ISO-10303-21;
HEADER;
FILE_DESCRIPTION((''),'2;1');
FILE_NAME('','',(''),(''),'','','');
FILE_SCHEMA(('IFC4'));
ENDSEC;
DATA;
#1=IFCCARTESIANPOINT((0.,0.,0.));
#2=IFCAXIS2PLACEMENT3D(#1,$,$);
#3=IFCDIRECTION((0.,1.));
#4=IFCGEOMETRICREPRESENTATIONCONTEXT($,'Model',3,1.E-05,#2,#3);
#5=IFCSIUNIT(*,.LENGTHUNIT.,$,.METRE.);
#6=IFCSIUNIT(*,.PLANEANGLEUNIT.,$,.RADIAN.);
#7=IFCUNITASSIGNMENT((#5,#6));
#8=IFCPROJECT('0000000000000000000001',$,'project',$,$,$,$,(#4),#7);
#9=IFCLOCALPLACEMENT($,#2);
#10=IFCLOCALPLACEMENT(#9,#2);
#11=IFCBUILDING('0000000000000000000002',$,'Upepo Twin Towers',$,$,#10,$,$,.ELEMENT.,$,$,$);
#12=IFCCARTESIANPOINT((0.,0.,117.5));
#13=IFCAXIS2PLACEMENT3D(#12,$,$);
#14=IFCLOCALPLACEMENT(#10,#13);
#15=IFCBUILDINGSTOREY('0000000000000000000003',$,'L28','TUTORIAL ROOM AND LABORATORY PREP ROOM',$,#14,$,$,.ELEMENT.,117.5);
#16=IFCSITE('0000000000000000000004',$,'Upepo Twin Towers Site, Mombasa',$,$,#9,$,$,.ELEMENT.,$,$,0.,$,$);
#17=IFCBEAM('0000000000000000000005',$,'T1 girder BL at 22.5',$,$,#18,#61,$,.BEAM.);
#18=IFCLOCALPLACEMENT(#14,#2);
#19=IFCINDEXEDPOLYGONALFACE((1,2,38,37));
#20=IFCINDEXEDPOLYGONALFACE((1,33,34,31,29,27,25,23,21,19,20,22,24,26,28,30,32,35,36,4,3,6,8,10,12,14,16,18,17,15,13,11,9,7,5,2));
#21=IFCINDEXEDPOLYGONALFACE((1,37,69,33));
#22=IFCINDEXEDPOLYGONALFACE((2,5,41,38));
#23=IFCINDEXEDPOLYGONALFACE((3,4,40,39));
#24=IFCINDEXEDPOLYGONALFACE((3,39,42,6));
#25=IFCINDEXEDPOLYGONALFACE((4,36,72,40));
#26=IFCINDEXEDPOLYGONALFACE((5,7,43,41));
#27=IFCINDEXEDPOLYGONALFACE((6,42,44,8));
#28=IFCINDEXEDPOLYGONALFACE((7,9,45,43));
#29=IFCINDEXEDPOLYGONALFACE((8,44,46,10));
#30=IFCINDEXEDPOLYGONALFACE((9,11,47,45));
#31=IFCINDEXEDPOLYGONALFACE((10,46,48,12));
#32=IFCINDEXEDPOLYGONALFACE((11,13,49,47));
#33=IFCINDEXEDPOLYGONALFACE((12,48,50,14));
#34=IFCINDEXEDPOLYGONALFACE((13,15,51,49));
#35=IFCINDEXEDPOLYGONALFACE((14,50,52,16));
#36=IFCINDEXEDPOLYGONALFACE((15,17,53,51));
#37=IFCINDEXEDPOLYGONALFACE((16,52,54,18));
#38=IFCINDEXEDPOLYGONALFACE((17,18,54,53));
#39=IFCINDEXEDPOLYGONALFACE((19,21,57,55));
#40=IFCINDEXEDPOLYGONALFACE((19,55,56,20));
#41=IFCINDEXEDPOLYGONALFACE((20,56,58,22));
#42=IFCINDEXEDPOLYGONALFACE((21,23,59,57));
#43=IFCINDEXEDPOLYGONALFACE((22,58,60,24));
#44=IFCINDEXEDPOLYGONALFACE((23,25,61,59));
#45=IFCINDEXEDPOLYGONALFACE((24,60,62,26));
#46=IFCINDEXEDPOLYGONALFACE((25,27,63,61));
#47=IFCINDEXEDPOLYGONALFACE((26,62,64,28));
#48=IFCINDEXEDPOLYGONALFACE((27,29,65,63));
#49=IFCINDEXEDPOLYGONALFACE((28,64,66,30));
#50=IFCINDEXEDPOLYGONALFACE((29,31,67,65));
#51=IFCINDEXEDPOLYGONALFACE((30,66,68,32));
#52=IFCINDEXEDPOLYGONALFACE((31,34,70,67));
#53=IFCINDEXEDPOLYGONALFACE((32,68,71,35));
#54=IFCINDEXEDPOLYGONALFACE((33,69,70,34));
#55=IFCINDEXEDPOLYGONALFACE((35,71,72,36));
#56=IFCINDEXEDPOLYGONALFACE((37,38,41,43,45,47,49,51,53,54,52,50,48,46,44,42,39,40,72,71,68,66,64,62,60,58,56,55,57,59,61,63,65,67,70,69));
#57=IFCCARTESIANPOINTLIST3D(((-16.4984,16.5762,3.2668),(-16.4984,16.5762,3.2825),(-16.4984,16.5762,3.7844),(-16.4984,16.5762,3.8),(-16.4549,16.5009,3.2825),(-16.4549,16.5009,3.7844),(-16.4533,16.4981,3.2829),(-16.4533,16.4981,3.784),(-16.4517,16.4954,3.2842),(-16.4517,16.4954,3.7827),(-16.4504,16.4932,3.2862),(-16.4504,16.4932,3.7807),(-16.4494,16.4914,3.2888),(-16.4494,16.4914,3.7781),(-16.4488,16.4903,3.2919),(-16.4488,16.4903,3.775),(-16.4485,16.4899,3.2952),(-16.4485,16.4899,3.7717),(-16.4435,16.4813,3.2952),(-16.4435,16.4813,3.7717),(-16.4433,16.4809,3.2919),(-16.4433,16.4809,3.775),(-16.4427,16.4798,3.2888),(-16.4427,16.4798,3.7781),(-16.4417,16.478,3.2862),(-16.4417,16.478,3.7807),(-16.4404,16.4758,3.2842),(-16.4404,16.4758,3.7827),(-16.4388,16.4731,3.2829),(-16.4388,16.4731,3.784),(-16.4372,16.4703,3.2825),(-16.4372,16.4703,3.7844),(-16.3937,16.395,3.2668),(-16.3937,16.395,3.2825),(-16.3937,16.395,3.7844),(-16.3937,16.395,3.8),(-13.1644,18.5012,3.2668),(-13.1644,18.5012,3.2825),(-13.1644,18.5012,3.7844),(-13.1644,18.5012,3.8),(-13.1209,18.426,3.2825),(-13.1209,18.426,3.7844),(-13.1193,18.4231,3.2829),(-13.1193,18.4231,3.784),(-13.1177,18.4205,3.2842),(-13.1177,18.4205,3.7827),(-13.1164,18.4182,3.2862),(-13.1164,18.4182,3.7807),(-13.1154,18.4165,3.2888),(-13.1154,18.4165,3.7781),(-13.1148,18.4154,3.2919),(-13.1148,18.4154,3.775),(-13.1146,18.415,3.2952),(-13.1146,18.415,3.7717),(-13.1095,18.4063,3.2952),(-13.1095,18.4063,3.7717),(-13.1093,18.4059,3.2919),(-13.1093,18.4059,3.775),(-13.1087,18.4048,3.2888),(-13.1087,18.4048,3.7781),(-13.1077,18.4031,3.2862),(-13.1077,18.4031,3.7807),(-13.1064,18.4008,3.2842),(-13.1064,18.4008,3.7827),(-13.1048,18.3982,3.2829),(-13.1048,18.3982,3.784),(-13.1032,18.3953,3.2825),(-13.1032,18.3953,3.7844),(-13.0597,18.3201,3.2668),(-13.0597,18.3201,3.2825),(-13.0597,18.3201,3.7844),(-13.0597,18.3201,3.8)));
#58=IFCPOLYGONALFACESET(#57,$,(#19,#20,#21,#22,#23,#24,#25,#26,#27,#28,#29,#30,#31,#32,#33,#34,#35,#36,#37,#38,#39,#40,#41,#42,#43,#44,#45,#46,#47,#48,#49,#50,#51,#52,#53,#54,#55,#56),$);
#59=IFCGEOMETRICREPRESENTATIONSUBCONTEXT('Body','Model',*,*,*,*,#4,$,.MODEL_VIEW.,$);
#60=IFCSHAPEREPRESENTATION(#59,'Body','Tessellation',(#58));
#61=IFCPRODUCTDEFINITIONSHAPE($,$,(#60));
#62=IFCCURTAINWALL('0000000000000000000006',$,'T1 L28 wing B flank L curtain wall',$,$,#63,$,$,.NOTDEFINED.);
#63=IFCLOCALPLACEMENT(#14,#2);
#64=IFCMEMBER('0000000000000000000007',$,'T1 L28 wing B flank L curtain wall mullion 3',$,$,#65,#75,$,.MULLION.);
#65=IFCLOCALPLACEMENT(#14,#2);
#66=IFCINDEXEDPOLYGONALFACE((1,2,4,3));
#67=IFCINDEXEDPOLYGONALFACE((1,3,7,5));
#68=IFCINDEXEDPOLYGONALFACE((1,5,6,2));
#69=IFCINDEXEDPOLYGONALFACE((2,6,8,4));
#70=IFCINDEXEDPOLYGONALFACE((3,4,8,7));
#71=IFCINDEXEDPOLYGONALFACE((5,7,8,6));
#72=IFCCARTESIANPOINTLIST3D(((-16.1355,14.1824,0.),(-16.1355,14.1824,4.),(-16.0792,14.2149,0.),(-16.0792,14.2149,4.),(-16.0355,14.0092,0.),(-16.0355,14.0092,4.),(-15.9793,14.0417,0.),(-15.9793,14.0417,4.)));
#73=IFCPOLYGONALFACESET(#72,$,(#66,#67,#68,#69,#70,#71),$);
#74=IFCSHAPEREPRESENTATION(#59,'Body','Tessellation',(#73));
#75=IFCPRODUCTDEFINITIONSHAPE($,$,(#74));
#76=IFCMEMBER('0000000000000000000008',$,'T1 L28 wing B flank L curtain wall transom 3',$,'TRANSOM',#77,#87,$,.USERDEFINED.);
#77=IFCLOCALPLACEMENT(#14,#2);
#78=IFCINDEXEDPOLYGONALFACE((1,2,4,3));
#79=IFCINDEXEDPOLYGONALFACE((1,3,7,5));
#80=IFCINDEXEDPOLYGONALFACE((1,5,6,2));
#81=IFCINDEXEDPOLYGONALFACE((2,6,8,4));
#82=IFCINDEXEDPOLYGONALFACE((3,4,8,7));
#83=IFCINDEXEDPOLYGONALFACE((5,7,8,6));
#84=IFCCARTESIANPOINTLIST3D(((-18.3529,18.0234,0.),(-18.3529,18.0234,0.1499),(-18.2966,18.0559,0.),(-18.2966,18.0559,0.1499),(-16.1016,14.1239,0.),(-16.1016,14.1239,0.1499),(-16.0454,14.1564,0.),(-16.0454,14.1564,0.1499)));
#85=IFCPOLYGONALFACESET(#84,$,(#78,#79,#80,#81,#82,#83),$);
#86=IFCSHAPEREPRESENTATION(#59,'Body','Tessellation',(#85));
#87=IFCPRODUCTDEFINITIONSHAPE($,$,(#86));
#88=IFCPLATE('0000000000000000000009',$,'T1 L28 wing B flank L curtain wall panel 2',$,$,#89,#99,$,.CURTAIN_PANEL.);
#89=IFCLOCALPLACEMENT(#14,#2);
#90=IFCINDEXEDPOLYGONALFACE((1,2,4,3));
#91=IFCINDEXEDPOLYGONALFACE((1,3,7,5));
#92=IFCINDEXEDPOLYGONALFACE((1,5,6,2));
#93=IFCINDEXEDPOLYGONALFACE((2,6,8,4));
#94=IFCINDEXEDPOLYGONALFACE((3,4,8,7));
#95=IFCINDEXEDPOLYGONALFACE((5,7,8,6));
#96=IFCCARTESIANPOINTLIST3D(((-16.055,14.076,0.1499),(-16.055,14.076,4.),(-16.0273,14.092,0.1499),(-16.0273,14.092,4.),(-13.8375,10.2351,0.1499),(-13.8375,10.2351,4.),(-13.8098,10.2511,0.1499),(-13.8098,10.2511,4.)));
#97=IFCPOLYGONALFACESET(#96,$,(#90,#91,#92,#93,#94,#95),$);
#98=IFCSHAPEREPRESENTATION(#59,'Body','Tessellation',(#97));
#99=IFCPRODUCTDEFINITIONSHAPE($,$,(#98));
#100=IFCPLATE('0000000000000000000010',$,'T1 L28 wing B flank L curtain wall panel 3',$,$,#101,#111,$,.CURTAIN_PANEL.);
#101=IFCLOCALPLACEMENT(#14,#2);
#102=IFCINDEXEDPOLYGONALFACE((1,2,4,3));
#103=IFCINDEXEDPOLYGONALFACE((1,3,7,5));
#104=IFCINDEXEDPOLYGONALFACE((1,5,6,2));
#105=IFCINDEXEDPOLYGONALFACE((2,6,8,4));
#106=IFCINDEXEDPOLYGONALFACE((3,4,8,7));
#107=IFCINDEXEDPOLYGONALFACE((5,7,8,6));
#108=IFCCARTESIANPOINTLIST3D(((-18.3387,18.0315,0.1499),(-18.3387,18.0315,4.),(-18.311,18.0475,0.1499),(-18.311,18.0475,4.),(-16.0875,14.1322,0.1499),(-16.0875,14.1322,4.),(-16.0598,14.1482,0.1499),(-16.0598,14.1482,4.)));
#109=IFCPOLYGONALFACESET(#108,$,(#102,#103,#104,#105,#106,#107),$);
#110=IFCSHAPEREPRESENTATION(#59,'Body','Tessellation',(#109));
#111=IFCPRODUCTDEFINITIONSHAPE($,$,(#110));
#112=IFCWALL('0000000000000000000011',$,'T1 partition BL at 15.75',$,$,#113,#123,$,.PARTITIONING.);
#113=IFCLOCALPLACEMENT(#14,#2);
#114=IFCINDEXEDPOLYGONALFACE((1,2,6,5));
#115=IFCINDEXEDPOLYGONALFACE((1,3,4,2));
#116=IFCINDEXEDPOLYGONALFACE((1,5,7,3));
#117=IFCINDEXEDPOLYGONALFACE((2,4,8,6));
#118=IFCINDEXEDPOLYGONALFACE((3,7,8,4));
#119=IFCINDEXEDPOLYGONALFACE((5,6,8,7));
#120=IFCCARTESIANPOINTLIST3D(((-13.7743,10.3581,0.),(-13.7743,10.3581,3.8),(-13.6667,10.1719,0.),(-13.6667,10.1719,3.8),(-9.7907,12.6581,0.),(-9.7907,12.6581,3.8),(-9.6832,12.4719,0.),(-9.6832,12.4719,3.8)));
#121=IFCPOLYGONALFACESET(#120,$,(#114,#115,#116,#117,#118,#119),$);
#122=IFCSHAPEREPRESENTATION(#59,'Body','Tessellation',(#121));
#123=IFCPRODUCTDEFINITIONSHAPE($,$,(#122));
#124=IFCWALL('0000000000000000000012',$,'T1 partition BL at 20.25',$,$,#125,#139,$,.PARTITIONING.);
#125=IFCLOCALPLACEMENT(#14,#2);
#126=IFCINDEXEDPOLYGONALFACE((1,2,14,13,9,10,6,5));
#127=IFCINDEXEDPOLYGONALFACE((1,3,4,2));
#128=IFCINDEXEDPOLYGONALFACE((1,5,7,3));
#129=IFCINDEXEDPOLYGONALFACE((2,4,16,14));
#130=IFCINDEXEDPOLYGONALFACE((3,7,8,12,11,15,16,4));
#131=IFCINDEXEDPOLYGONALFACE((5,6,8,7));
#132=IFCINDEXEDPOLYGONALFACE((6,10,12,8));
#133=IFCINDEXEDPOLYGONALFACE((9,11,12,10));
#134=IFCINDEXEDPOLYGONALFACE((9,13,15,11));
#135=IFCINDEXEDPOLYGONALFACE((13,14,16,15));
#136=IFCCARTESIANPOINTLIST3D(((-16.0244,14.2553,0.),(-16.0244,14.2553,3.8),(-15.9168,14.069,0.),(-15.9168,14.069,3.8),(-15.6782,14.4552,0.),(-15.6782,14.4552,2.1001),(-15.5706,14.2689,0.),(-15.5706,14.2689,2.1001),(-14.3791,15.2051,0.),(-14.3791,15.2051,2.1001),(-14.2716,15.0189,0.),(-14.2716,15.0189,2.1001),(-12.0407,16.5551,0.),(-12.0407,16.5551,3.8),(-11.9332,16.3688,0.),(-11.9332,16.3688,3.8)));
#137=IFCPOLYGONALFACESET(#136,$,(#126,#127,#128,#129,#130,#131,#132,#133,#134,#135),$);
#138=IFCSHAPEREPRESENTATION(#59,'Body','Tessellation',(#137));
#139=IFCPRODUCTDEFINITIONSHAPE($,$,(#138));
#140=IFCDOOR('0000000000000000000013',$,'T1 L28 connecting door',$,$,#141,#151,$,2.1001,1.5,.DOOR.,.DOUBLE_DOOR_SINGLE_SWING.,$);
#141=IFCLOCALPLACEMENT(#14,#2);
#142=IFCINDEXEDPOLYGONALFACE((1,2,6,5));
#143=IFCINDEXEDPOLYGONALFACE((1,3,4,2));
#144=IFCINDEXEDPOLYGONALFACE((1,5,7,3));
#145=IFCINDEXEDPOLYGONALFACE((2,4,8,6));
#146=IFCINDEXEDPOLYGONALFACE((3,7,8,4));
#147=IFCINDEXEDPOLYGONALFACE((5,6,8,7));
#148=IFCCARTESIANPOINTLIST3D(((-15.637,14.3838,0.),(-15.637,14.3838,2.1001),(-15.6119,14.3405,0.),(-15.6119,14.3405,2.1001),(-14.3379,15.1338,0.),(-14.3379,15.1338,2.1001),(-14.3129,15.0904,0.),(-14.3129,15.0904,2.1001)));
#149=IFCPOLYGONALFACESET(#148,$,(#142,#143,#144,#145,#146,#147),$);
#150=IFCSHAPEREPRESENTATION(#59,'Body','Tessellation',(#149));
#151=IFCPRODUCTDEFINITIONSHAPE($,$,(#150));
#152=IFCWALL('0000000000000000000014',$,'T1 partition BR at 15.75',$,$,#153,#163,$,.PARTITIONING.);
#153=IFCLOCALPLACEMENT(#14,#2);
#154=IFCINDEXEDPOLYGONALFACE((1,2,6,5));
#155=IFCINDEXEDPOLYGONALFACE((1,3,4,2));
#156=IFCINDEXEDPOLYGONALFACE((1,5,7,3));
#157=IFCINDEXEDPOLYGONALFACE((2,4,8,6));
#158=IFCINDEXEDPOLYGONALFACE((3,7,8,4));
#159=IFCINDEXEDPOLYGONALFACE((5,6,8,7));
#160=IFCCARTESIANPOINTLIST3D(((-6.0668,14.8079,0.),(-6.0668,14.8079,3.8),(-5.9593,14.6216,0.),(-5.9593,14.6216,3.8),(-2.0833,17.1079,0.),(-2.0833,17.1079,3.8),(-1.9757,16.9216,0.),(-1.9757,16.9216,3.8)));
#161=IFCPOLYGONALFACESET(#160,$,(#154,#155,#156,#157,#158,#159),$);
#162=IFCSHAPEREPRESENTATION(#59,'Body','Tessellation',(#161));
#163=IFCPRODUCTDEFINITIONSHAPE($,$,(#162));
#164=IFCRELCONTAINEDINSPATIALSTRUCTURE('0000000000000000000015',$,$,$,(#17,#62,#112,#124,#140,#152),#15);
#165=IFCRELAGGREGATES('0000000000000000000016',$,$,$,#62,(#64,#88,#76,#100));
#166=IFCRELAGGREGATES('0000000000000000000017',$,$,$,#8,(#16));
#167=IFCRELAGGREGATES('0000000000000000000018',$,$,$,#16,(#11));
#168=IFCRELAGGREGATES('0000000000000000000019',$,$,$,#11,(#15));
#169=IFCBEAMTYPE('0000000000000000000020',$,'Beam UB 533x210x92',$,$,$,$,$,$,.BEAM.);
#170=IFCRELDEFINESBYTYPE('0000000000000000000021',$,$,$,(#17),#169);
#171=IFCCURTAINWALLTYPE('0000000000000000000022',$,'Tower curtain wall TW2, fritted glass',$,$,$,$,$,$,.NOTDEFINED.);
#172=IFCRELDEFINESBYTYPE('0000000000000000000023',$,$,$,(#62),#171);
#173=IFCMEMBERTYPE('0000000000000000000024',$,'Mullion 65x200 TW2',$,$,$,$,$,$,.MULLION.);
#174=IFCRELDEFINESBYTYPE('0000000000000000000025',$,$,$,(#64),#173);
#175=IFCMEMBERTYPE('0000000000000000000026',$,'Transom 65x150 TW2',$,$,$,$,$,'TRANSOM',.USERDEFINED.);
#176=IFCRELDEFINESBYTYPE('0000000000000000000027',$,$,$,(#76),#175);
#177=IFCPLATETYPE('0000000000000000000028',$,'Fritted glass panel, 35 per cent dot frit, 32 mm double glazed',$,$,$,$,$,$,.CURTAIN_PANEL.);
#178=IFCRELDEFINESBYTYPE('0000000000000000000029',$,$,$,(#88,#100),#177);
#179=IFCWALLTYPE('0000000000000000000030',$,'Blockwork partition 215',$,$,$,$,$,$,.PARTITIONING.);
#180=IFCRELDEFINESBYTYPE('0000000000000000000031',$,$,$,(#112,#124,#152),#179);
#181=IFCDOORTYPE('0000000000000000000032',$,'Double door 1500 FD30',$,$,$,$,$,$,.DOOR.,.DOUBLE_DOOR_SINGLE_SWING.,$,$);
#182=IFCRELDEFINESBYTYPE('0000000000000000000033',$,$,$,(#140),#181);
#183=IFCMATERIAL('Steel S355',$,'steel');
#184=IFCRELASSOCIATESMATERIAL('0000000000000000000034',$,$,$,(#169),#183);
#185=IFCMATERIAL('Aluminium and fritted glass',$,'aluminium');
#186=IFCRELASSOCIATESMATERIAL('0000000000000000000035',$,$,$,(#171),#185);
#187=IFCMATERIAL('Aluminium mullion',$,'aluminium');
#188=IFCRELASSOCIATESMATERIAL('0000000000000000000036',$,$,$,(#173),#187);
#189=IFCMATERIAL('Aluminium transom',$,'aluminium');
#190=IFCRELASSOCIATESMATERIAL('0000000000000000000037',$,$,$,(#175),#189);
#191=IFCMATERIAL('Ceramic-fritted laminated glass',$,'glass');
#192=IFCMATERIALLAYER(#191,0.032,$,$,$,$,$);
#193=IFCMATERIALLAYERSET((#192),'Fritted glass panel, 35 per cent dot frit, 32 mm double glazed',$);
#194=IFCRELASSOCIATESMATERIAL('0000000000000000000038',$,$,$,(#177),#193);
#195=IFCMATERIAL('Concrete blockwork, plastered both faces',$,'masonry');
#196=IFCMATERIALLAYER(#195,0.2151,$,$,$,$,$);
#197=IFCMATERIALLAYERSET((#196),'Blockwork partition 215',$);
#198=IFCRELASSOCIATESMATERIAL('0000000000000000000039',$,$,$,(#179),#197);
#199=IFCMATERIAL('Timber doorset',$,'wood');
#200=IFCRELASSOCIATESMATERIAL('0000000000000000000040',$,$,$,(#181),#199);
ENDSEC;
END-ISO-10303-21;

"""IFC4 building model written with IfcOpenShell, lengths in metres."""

from ifc_helpers import new_model, si_unit, direction, frame, frame_2d, origin, origin_2d, place, context, subcontext, project, spatial, rectangle, i_section, extrude, material, layer, layer_set, material_profile, profile_set, type_object, element, fill, aggregate, save


model = new_model("IFC4")

# Units and contexts
model_context = context("Model", 3, precision=1e-05, world=origin(), true_north=direction((0.0, 1.0)))
body_context = subcontext(model_context, "Body", "Model", "MODEL_VIEW")
ifc_project = project(units=[si_unit("LENGTHUNIT", "METRE"), si_unit("PLANEANGLEUNIT", "RADIAN")], contexts=[model_context])

# Site, building, storey
site_placement = place(None, origin())
site = spatial("IfcSite", under=ifc_project, at=site_placement, Name="Upepo Twin Towers Site, Mombasa", CompositionType="ELEMENT", RefElevation=0.0)
building_placement = place(site_placement, origin())
building = spatial("IfcBuilding", under=site, at=building_placement, Name="Upepo Twin Towers", CompositionType="ELEMENT")
storey_placement = place(building_placement, frame((0.0, 0.0, 117.5)))
storey = spatial("IfcBuildingStorey", under=building, at=storey_placement, Name="L28", Description="TUTORIAL ROOM AND LABORATORY PREP ROOM", CompositionType="ELEMENT", Elevation=117.5)

# Beam
ifc_material_1 = material(Name="Steel S355", Category="steel")
ifc_material_profile_1 = material_profile(ifc_material_1, i_section(OverallWidth=0.2092, OverallDepth=0.5332, WebThickness=0.01, FlangeThickness=0.0156, FilletRadius=0.0127, at=origin_2d()), Name="UB 533x210x92")
ifc_profile_set_1 = profile_set([ifc_material_profile_1], Name="Steel S355")
beam_type_1 = type_object("IfcBeamType", Name="Beam UB 533x210x92", PredefinedType="BEAM", material=ifc_profile_set_1)
for number, where, z_axis, x_axis, name in (
    (1, (-16.446, 16.4856, 3.5334), (0.866006, 0.500034, 0.0), (-0.500034, 0.866006, 0.0), "T1 girder BL at 22.5"),
):
    element("IfcBeam", number, at=place(storey_placement, frame(where, z_axis=z_axis, x_axis=x_axis)), inside=storey, type_object=beam_type_1, Name=name, PredefinedType="BEAM", context=body_context, shape_type="SweptSolid", body=[
        extrude(i_section(OverallWidth=0.2092, OverallDepth=0.5332, WebThickness=0.01, FlangeThickness=0.0156, FilletRadius=0.0127, at=origin_2d()), origin(), (0.0, 0.0, 1.0), 3.8499),
    ])

# Curtain wall, members, plates
ifc_material_2 = material(Name="Aluminium and fritted glass", Category="aluminium")
curtain_wall_type = type_object("IfcCurtainWallType", Name="Tower curtain wall TW2, fritted glass", PredefinedType="NOTDEFINED", material=ifc_material_2)
curtain_wall_placement = place(storey_placement, origin())
curtain_wall = element("IfcCurtainWall", 2, at=curtain_wall_placement, inside=storey, type_object=curtain_wall_type, Name="T1 L28 wing B flank L curtain wall", PredefinedType="NOTDEFINED")
ifc_material_3 = material(Name="Aluminium mullion", Category="aluminium")
ifc_material_profile_2 = material_profile(ifc_material_3, rectangle(XDim=0.0649, YDim=0.2, at=origin_2d()), Name="MULLION 65x200")
ifc_profile_set_2 = profile_set([ifc_material_profile_2], Name="Aluminium mullion")
member_type_1 = type_object("IfcMemberType", Name="Mullion 65x200 TW2", PredefinedType="MULLION", material=ifc_profile_set_2)
member_1_placement = place(storey_placement, frame((-16.0574, 14.1121, 0.0), z_axis=(0.0, 0.0, 1.0), x_axis=(-0.866025, -0.5, 0.0)))
member_1 = element("IfcMember", 3, at=member_1_placement, type_object=member_type_1, Name="T1 L28 wing B flank L curtain wall mullion 3", PredefinedType="MULLION", context=body_context, shape_type="SweptSolid", body=[
    extrude(rectangle(XDim=0.0649, YDim=0.2, at=origin_2d()), origin(), (0.0, 0.0, 1.0), 4.0),
])
ifc_material_4 = material(Name="Aluminium transom", Category="aluminium")
ifc_material_profile_3 = material_profile(ifc_material_4, rectangle(XDim=0.0649, YDim=0.1499, at=origin_2d()), Name="TRANSOM 65x150")
ifc_profile_set_3 = profile_set([ifc_material_profile_3], Name="Aluminium transom")
member_type_2 = type_object("IfcMemberType", Name="Transom 65x150 TW2", ElementType="TRANSOM", PredefinedType="USERDEFINED", material=ifc_profile_set_3)
member_2_placement = place(storey_placement, frame((-16.0735, 14.1401, 0.075), z_axis=(-0.499982, 0.866036, 0.0), x_axis=(-0.866036, -0.499982, 0.0)))
member_2 = element("IfcMember", 4, at=member_2_placement, type_object=member_type_2, Name="T1 L28 wing B flank L curtain wall transom 3", ObjectType="TRANSOM", PredefinedType="USERDEFINED", context=body_context, shape_type="SweptSolid", body=[
    extrude(rectangle(XDim=0.0649, YDim=0.1499, at=origin_2d()), origin(), (0.0, 0.0, 1.0), 4.5027),
])
ifc_material_5 = material(Name="Ceramic-fritted laminated glass", Category="glass")
ifc_layer_1 = layer(ifc_material_5, 0.032)
ifc_layer_set_1 = layer_set([ifc_layer_1], Name="Fritted glass panel, 35 per cent dot frit, 32 mm double glazed")
plate_type = type_object("IfcPlateType", Name="Fritted glass panel, 35 per cent dot frit, 32 mm double glazed", PredefinedType="CURTAIN_PANEL", material=ifc_layer_set_1)
plate_1_placement = place(storey_placement, frame((-14.9324, 12.1636, 0.1499), z_axis=(0.0, 0.0, 1.0), x_axis=(-0.5, 0.866025, 0.0)))
plate_1 = element("IfcPlate", 5, at=plate_1_placement, type_object=plate_type, Name="T1 L28 wing B flank L curtain wall panel 2", PredefinedType="CURTAIN_PANEL", context=body_context, shape_type="SweptSolid", body=[
    extrude(rectangle(XDim=4.4351, YDim=0.032, at=origin_2d()), origin(), (0.0, 0.0, 1.0), 3.8501),
])
plate_2_placement = place(storey_placement, frame((-17.1992, 16.0898, 0.1499), z_axis=(0.0, 0.0, 1.0), x_axis=(-0.5, 0.866025, 0.0)))
plate_2 = element("IfcPlate", 6, at=plate_2_placement, type_object=plate_type, Name="T1 L28 wing B flank L curtain wall panel 3", PredefinedType="CURTAIN_PANEL", context=body_context, shape_type="SweptSolid", body=[
    extrude(rectangle(XDim=4.5024, YDim=0.032, at=origin_2d()), origin(), (0.0, 0.0, 1.0), 3.8501),
])
aggregate(curtain_wall, [member_1, plate_1, member_2, plate_2])

# Wall
ifc_material_6 = material(Name="Concrete blockwork, plastered both faces", Category="masonry")
ifc_layer_2 = layer(ifc_material_6, 0.2151)
ifc_layer_set_2 = layer_set([ifc_layer_2], Name="Blockwork partition 215")
wall_type_1 = type_object("IfcWallType", Name="Blockwork partition 215", PredefinedType="PARTITIONING", material=ifc_layer_set_2)
wall_1_placement = place(storey_placement, frame((-9.7371, 12.5649, 0.0), z_axis=(0.0, 0.0, 1.0), x_axis=(-0.866017, -0.500015, 0.0)))
element("IfcWall", 7, at=wall_1_placement, inside=storey, type_object=wall_type_1, Name="T1 partition BL at 15.75", PredefinedType="PARTITIONING", context=body_context, shape_type="SweptSolid", body=[
    extrude(rectangle(XDim=4.5999, YDim=0.2151, at=frame_2d((2.2998, 0.0))), origin(), (0.0, 0.0, 1.0), 3.8),
])

# Wall, opening, door
wall_2_placement = place(storey_placement, frame((-11.9871, 16.4619, 0.0), z_axis=(0.0, 0.0, 1.0), x_axis=(-0.86604, -0.499975, 0.0)))
wall_2 = element("IfcWall", 8, at=wall_2_placement, inside=storey, type_object=wall_type_1, Name="T1 partition BL at 20.25", PredefinedType="PARTITIONING", context=body_context, shape_type="SweptSolid", body=[
    extrude(rectangle(XDim=4.5999, YDim=0.2151, at=frame_2d((2.2998, 0.0))), origin(), (0.0, 0.0, 1.0), 3.8),
])
opening_1_placement = place(wall_2_placement, frame((2.7, 0.0, 0.0)))
opening_1 = element("IfcOpeningElement", 9, at=opening_1_placement, cuts=wall_2, PredefinedType="OPENING", context=body_context, shape_type="SweptSolid", body=[
    extrude(rectangle(XDim=1.5, YDim=2.1001, at=frame_2d((0.75, 1.05))), frame((0.0, 0.1174, 0.0), z_axis=(0.0, -1.0, 0.0), x_axis=(1.0, 0.0, 0.0)), (0.0, 0.0, 1.0), 0.2351),
])
ifc_material_7 = material(Name="Timber doorset", Category="wood")
door_type_1 = type_object("IfcDoorType", Name="Double door 1500 FD30", OperationType="DOUBLE_DOOR_SINGLE_SWING", PredefinedType="DOOR", material=ifc_material_7)
door_1_placement = place(opening_1_placement, origin())
door_1 = element("IfcDoor", 10, at=door_1_placement, inside=storey, type_object=door_type_1, Name="T1 L28 connecting door", OperationType="DOUBLE_DOOR_SINGLE_SWING", OverallHeight=2.1001, OverallWidth=1.5, PredefinedType="DOOR", context=body_context, shape_type="SweptSolid", body=[
    extrude(rectangle(XDim=1.5, YDim=2.1001, at=frame_2d((0.75, 1.05))), frame((0.0, 0.0249, 0.0), z_axis=(0.0, -1.0, 0.0), x_axis=(1.0, 0.0, 0.0)), (0.0, 0.0, 1.0), 0.05),
])
fill(opening_1, door_1)

# Wall
wall_3_placement = place(storey_placement, frame((-6.0129, 14.7148, 0.0), z_axis=(0.0, 0.0, 1.0), x_axis=(0.866017, 0.500015, 0.0)))
element("IfcWall", 11, at=wall_3_placement, inside=storey, type_object=wall_type_1, Name="T1 partition BR at 15.75", PredefinedType="PARTITIONING", context=body_context, shape_type="SweptSolid", body=[
    extrude(rectangle(XDim=4.5999, YDim=0.2151, at=frame_2d((2.2998, 0.0))), origin(), (0.0, 0.0, 1.0), 3.8),
])

save(model, "model.ifc")
